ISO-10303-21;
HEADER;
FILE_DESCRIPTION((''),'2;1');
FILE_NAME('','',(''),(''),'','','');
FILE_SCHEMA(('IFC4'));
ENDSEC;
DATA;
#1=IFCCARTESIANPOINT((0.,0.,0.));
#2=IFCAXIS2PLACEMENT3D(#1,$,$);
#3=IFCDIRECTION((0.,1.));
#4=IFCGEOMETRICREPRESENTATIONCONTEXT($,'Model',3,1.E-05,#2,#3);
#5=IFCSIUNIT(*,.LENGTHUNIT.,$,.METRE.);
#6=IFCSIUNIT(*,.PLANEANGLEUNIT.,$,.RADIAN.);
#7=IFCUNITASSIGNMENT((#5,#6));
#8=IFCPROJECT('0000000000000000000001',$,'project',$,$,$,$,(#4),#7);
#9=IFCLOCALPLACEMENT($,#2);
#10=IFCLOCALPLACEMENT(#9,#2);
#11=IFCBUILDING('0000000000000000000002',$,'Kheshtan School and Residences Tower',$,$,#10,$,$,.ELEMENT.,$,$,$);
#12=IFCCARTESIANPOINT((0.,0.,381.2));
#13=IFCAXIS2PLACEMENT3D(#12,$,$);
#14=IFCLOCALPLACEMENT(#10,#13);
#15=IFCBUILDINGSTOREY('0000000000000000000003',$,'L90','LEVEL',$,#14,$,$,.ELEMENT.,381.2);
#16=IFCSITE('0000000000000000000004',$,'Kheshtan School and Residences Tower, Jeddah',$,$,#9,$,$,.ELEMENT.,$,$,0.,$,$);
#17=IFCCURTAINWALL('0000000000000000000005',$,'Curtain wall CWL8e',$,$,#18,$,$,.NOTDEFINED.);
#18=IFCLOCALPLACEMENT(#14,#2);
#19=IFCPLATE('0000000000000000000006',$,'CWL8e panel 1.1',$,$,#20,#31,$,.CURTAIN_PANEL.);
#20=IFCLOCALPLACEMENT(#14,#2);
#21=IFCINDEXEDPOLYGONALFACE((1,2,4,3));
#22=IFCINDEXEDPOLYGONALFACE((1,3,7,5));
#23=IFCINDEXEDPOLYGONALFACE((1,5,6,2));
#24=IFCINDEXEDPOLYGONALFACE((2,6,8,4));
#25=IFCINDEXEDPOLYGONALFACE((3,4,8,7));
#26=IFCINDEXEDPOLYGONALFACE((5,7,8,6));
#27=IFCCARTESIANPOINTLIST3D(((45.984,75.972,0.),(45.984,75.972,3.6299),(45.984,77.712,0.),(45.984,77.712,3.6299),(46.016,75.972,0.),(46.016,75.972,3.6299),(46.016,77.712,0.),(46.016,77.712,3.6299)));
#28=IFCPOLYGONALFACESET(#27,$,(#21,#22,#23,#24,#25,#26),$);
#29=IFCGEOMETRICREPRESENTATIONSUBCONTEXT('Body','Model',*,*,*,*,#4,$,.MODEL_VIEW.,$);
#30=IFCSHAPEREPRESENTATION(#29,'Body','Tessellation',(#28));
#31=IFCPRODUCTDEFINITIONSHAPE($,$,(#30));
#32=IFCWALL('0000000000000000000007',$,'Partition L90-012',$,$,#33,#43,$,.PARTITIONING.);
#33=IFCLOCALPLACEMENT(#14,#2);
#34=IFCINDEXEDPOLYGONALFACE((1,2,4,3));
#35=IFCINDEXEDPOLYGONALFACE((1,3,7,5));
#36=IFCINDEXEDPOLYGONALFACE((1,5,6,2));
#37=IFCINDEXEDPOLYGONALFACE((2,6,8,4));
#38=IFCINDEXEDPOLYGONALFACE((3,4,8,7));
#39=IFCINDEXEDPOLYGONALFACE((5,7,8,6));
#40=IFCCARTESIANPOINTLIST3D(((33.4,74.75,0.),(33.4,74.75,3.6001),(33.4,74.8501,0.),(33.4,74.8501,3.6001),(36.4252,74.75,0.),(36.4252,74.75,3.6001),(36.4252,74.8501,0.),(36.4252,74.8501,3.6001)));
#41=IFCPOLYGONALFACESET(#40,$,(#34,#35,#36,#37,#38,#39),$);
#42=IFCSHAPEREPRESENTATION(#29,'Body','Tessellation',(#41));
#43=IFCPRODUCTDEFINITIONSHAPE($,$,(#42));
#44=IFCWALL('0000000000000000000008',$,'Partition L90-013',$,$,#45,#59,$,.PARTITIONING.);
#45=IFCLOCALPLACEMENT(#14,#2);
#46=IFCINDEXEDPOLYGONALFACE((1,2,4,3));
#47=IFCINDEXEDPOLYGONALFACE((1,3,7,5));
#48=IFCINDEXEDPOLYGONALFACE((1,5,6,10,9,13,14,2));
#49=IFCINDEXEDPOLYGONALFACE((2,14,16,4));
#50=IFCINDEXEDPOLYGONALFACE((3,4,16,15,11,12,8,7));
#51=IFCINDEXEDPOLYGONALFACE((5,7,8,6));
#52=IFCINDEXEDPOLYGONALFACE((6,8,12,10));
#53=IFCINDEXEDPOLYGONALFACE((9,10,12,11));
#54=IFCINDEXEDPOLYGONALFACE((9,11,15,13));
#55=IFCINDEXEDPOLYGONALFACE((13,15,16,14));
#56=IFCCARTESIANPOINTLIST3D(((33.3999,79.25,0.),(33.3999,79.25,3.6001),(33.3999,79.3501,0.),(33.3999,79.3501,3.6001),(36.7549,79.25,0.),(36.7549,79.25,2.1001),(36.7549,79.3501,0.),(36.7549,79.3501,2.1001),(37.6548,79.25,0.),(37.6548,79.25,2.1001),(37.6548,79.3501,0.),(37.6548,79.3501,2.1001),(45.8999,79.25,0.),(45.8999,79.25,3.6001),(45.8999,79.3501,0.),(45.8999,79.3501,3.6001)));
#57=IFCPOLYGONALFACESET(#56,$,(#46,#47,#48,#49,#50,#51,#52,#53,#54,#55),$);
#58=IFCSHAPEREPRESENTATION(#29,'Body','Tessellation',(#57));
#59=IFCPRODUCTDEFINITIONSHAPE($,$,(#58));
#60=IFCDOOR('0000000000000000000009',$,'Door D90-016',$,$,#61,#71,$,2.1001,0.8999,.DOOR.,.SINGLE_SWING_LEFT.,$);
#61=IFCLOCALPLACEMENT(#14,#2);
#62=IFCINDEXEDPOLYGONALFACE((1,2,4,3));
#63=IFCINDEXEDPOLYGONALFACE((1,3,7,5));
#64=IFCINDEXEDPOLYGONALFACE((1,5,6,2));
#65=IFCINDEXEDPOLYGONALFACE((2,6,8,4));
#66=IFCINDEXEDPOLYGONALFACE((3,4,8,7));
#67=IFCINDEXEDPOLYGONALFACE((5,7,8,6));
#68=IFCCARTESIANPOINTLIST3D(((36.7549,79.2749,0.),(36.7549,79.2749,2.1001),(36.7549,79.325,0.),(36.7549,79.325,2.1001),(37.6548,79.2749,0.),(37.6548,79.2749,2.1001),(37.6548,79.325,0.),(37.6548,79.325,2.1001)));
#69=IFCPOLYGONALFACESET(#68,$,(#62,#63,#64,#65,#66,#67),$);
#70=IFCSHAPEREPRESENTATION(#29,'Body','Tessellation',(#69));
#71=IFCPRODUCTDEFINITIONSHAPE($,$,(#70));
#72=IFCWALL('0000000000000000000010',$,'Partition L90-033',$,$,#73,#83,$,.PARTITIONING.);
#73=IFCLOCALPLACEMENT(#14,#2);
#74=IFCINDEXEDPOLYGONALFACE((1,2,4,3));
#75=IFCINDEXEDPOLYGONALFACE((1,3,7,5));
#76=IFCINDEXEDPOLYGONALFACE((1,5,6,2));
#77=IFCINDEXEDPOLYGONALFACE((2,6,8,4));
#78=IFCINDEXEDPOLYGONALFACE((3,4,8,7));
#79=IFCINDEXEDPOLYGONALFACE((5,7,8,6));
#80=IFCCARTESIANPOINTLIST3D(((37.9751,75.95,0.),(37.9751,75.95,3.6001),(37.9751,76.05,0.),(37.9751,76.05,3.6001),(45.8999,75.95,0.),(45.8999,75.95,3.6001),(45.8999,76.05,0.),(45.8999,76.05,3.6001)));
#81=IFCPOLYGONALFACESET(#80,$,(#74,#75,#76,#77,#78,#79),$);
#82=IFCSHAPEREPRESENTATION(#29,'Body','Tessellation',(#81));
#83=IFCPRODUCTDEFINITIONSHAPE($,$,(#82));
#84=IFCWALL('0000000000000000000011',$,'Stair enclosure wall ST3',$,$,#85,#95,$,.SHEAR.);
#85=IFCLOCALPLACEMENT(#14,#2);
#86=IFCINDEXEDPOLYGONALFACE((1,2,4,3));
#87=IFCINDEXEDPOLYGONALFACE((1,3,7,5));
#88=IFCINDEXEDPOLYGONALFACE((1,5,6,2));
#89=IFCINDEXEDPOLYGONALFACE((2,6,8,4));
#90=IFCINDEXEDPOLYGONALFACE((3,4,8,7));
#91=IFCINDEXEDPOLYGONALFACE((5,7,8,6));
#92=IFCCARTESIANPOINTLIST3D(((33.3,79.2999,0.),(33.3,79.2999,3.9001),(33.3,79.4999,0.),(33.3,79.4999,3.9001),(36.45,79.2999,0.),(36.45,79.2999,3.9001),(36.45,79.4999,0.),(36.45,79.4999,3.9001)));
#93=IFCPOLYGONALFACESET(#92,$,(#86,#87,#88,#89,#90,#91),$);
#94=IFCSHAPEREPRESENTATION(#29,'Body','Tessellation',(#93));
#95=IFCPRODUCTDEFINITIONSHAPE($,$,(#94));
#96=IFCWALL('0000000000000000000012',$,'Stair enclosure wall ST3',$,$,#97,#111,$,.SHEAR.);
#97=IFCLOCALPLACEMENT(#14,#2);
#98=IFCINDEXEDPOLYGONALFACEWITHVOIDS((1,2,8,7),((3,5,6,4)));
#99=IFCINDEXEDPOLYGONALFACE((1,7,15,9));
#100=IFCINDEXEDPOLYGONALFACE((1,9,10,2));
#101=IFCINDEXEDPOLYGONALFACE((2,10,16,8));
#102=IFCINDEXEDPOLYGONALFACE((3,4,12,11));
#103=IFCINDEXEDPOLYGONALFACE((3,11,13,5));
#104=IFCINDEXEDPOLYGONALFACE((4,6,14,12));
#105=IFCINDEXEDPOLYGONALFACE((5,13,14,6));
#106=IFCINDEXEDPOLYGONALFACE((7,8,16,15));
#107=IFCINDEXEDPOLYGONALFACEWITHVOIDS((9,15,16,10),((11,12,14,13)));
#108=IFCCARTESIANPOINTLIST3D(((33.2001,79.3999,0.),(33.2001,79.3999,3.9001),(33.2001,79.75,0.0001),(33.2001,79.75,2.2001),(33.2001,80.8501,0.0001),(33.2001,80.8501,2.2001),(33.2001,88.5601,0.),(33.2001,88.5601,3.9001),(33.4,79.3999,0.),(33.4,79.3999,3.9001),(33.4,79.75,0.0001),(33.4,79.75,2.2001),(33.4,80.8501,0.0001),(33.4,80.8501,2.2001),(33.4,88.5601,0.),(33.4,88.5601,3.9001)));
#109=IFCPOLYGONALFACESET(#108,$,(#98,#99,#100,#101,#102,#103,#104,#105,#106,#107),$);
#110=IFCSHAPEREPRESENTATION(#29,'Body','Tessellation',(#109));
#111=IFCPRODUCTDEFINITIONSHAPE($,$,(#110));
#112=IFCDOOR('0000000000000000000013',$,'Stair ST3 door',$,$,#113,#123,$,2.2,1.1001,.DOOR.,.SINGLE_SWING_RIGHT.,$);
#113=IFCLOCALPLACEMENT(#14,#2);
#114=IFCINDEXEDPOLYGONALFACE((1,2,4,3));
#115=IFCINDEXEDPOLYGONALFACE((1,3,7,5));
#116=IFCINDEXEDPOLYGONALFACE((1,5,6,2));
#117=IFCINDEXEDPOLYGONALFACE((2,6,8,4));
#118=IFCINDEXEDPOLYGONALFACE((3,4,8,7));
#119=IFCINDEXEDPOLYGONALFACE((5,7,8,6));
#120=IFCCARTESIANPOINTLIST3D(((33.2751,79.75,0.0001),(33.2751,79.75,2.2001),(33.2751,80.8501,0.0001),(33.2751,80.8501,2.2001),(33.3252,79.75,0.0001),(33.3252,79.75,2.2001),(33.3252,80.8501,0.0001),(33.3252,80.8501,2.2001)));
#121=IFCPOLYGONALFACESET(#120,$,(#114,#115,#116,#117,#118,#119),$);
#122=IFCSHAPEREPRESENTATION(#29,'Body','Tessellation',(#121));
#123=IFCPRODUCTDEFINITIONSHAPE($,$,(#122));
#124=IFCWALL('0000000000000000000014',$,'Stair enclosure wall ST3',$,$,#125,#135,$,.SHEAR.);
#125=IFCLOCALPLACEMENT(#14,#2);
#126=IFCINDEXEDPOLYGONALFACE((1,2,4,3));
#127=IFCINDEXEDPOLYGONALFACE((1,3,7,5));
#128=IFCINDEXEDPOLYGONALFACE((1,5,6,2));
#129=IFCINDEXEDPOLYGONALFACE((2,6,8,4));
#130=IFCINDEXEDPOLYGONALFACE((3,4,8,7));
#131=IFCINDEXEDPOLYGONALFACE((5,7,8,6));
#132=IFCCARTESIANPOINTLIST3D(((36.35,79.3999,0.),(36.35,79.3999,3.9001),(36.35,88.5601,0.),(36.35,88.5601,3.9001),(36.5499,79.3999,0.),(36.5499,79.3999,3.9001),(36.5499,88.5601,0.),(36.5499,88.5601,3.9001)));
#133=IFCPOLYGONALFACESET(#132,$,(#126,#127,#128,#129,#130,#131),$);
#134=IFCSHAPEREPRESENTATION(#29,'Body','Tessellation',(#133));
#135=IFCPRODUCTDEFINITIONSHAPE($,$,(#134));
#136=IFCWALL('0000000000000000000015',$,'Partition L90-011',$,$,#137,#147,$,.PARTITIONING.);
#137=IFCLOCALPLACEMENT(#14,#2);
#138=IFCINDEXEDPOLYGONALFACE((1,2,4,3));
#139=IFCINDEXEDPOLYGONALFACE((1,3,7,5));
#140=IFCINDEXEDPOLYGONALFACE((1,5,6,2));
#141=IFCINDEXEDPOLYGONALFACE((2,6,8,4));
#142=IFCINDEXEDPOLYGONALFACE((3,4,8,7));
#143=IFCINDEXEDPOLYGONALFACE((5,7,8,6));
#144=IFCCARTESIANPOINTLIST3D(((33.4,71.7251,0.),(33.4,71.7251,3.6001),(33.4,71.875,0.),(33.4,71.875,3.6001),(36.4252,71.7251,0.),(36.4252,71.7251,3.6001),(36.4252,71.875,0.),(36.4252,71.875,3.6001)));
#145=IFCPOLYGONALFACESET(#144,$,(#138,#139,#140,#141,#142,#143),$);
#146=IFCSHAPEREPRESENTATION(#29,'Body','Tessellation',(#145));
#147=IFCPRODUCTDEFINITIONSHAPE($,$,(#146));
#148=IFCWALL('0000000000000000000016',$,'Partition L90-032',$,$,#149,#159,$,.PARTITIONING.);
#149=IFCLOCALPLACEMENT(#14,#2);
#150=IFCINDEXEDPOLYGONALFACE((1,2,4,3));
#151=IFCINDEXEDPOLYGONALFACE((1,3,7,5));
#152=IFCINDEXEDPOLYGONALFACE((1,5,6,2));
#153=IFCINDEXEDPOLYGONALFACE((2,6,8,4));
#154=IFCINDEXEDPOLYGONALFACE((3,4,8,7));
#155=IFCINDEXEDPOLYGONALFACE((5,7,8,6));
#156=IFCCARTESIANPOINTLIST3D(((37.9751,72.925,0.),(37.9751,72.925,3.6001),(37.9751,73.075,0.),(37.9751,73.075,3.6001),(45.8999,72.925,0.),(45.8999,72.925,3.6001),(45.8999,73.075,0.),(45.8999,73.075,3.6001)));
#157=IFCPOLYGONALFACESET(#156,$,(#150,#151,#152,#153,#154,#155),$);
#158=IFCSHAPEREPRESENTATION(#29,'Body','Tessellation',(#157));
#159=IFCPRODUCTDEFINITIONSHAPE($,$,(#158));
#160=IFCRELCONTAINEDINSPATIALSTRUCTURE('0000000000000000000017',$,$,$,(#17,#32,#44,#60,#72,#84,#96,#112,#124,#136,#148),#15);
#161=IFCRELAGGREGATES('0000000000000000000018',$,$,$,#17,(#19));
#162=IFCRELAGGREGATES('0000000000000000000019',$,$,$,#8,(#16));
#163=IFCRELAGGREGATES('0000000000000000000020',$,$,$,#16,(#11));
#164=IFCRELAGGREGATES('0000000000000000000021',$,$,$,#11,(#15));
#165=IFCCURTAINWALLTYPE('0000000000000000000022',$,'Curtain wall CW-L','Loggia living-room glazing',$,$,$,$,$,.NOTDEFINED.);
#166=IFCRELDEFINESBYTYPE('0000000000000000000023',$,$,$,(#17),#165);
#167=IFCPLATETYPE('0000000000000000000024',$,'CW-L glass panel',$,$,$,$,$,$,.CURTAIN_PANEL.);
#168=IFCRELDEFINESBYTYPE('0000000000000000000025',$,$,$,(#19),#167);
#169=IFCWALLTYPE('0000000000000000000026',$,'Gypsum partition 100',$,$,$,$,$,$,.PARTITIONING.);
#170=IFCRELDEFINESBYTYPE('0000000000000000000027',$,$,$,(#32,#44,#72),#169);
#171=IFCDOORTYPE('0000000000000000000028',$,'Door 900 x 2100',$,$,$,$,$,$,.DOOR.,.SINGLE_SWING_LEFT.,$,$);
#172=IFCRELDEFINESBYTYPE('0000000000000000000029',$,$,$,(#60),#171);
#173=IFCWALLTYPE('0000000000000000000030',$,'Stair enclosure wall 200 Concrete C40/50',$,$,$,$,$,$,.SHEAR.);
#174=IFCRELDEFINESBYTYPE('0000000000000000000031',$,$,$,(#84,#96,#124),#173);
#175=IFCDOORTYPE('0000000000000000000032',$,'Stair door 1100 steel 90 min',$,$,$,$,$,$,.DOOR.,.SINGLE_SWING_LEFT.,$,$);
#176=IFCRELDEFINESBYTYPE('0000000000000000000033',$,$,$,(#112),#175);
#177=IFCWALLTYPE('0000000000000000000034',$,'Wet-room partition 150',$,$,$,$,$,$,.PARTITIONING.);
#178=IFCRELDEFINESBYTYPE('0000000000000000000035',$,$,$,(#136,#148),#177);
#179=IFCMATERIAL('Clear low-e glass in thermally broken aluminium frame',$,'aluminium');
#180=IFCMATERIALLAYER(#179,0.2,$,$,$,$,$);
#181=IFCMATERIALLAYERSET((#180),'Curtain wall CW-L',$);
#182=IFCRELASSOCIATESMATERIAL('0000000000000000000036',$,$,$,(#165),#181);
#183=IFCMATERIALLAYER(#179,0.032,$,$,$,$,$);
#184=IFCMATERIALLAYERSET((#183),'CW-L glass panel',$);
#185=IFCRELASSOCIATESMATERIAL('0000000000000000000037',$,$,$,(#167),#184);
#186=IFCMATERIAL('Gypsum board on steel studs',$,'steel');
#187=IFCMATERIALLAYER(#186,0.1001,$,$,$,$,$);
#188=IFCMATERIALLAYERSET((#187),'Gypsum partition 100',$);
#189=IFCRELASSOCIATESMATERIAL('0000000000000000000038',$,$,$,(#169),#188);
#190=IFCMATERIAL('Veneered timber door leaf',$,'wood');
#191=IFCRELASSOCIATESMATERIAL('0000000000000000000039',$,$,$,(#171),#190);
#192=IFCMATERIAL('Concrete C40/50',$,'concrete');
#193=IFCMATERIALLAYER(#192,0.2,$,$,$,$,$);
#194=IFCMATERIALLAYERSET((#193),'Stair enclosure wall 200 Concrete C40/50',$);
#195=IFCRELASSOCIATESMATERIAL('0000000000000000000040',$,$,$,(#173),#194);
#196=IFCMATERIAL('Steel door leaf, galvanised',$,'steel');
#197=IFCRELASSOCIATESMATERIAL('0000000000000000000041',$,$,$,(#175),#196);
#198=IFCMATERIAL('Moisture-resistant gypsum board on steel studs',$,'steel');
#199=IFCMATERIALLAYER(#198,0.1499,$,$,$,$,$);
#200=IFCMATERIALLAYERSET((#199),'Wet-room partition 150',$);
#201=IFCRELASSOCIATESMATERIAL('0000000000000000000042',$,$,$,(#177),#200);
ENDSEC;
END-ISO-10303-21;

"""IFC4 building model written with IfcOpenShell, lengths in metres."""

from ifc_helpers import new_model, si_unit, direction, frame, frame_2d, origin, origin_2d, place, context, subcontext, project, spatial, rectangle, extrude, source, transform, mapped, material, layer, layer_set, type_object, element, fill, aggregate, save


model = new_model("IFC4")

# Units and contexts
model_context = context("Model", 3, precision=1e-05, world=origin(), true_north=direction((0.0, 1.0)))
body_context = subcontext(model_context, "Body", "Model", "MODEL_VIEW")
ifc_project = project(units=[si_unit("LENGTHUNIT", "METRE"), si_unit("PLANEANGLEUNIT", "RADIAN")], contexts=[model_context])

# Site, building, storey
site_placement = place(None, origin())
site = spatial("IfcSite", under=ifc_project, at=site_placement, Name="Kheshtan School and Residences Tower, Jeddah", CompositionType="ELEMENT", RefElevation=0.0)
building_placement = place(site_placement, origin())
building = spatial("IfcBuilding", under=site, at=building_placement, Name="Kheshtan School and Residences Tower", CompositionType="ELEMENT")
storey_placement = place(building_placement, frame((0.0, 0.0, 381.2)))
storey = spatial("IfcBuildingStorey", under=building, at=storey_placement, Name="L90", Description="LEVEL", CompositionType="ELEMENT", Elevation=381.2)

# Shared definitions
ifc_material_1 = material(Name="Clear low-e glass in thermally broken aluminium frame", Category="aluminium")
ifc_layer_1 = layer(ifc_material_1, 0.2)
ifc_layer_set_1 = layer_set([ifc_layer_1], Name="Curtain wall CW-L")
curtain_wall_type = type_object("IfcCurtainWallType", Name="Curtain wall CW-L", Description="Loggia living-room glazing", PredefinedType="NOTDEFINED", material=ifc_layer_set_1)

# Curtain wall
curtain_wall_1_placement = place(storey_placement, origin())
curtain_wall_1 = element("IfcCurtainWall", 1, at=curtain_wall_1_placement, inside=storey, type_object=curtain_wall_type, Name="Curtain wall CWL8e", PredefinedType="NOTDEFINED")

# Plate
ifc_layer_2 = layer(ifc_material_1, 0.032)
ifc_layer_set_2 = layer_set([ifc_layer_2], Name="CW-L glass panel")
plate_type = type_object("IfcPlateType", Name="CW-L glass panel", PredefinedType="CURTAIN_PANEL", material=ifc_layer_set_2)
plate_1_placement = place(storey_placement, frame((46.0, 76.842, 0.0), z_axis=(0.0, 0.0, 1.0), x_axis=(0.0, -1.0, 0.0)))
plate_1 = element("IfcPlate", 2, at=plate_1_placement, type_object=plate_type, Name="CWL8e panel 1.1", PredefinedType="CURTAIN_PANEL", context=body_context, shape_type="SweptSolid", body=[
    extrude(rectangle(XDim=1.74, YDim=0.032, at=origin_2d()), origin(), (0.0, 0.0, 1.0), 3.6299),
])
aggregate(curtain_wall_1, [plate_1])

# Wall
ifc_material_2 = material(Name="Gypsum board on steel studs", Category="steel")
ifc_layer_3 = layer(ifc_material_2, 0.1001)
ifc_layer_set_3 = layer_set([ifc_layer_3], Name="Gypsum partition 100")
wall_type_1 = type_object("IfcWallType", Name="Gypsum partition 100", PredefinedType="PARTITIONING", material=ifc_layer_set_3)
wall_1_placement = place(storey_placement, frame((33.3999, 74.8, 0.0), z_axis=(0.0, 0.0, 1.0), x_axis=(1.0, 0.0, 0.0)))
element("IfcWall", 3, at=wall_1_placement, inside=storey, type_object=wall_type_1, Name="Partition L90-012", PredefinedType="PARTITIONING", context=body_context, shape_type="SweptSolid", body=[
    extrude(rectangle(XDim=3.0251, YDim=0.1001, at=frame_2d((1.5127, 0.0))), origin(), (0.0, 0.0, 1.0), 3.6001),
])

# Wall, opening, door
wall_2_placement = place(storey_placement, frame((33.3999, 79.3, 0.0), z_axis=(0.0, 0.0, 1.0), x_axis=(1.0, 0.0, 0.0)))
wall_2 = element("IfcWall", 4, at=wall_2_placement, inside=storey, type_object=wall_type_1, Name="Partition L90-013", PredefinedType="PARTITIONING", context=body_context, shape_type="SweptSolid", body=[
    extrude(rectangle(XDim=12.5, YDim=0.1001, at=frame_2d((6.25, 0.0))), origin(), (0.0, 0.0, 1.0), 3.6001),
])
opening_1_placement = place(wall_2_placement, frame((3.355, 0.0, 0.0)))
opening_1 = element("IfcOpeningElement", 5, at=opening_1_placement, cuts=wall_2, PredefinedType="OPENING", context=body_context, shape_type="SweptSolid", body=[
    extrude(rectangle(XDim=0.8999, YDim=2.1001, at=frame_2d((0.45, 1.05))), frame((0.0, 0.0601, 0.0), z_axis=(0.0, -1.0, 0.0), x_axis=(1.0, 0.0, 0.0)), (0.0, 0.0, 1.0), 0.1201),
])
ifc_material_3 = material(Name="Veneered timber door leaf", Category="wood")
door_type_1 = type_object("IfcDoorType", Name="Door 900 x 2100", OperationType="SINGLE_SWING_LEFT", PredefinedType="DOOR", material=ifc_material_3)
shared_shape_1 = source(origin(), body_context, "Body", "SweptSolid", [
    extrude(rectangle(XDim=0.8999, YDim=2.1001, at=frame_2d((0.45, 1.05))), frame((0.0, 0.0249, 0.0), z_axis=(0.0, -1.0, 0.0), x_axis=(1.0, 0.0, 0.0)), (0.0, 0.0, 1.0), 0.05),
])
door_1_placement = place(opening_1_placement, origin())
door_1 = element("IfcDoor", 6, at=door_1_placement, inside=storey, type_object=door_type_1, Name="Door D90-016", OperationType="SINGLE_SWING_LEFT", OverallHeight=2.1001, OverallWidth=0.8999, PredefinedType="DOOR", context=body_context, shape_type="MappedRepresentation", body=[
    mapped(shared_shape_1, transform((0.0, 0.0, 0.0), x_axis=(1.0, 0.0, 0.0), y_axis=(0.0, 1.0, 0.0), z_axis=(0.0, 0.0, 1.0), scale=1.0)),
])
fill(opening_1, door_1)

# Walls
wall_3_placement = place(storey_placement, frame((37.9751, 76.0, 0.0), z_axis=(0.0, 0.0, 1.0), x_axis=(1.0, 0.0, 0.0)))
element("IfcWall", 7, at=wall_3_placement, inside=storey, type_object=wall_type_1, Name="Partition L90-033", PredefinedType="PARTITIONING", context=body_context, shape_type="SweptSolid", body=[
    extrude(rectangle(XDim=7.9248, YDim=0.1001, at=frame_2d((3.9624, 0.0))), origin(), (0.0, 0.0, 1.0), 3.6001),
])
ifc_material_4 = material(Name="Concrete C40/50", Category="concrete")
ifc_layer_4 = layer(ifc_material_4, 0.2)
ifc_layer_set_4 = layer_set([ifc_layer_4], Name="Stair enclosure wall 200 Concrete C40/50")
wall_type_2 = type_object("IfcWallType", Name="Stair enclosure wall 200 Concrete C40/50", PredefinedType="SHEAR", material=ifc_layer_set_4)
wall_4_placement = place(storey_placement, frame((33.3, 79.3999, 0.0), z_axis=(0.0, 0.0, 1.0), x_axis=(1.0, 0.0, 0.0)))
element("IfcWall", 8, at=wall_4_placement, inside=storey, type_object=wall_type_2, Name="Stair enclosure wall ST3", PredefinedType="SHEAR", context=body_context, shape_type="SweptSolid", body=[
    extrude(rectangle(XDim=3.1499, YDim=0.2, at=frame_2d((1.575, 0.0))), origin(), (0.0, 0.0, 1.0), 3.9001),
])

# Wall, opening, door
wall_5_placement = place(storey_placement, frame((33.3, 79.3999, 0.0), z_axis=(0.0, 0.0, 1.0), x_axis=(0.0, 1.0, 0.0)))
wall_5 = element("IfcWall", 9, at=wall_5_placement, inside=storey, type_object=wall_type_2, Name="Stair enclosure wall ST3", PredefinedType="SHEAR", context=body_context, shape_type="SweptSolid", body=[
    extrude(rectangle(XDim=9.1602, YDim=0.2, at=frame_2d((4.5801, 0.0))), origin(), (0.0, 0.0, 1.0), 3.9001),
])
opening_2_placement = place(wall_5_placement, frame((0.3501, 0.0, 0.0)))
opening_2 = element("IfcOpeningElement", 10, at=opening_2_placement, cuts=wall_5, PredefinedType="OPENING", context=body_context, shape_type="SweptSolid", body=[
    extrude(rectangle(XDim=1.1001, YDim=2.2, at=frame_2d((0.55, 1.1001))), frame((0.0, 0.1099, 0.0), z_axis=(0.0, -1.0, 0.0), x_axis=(1.0, 0.0, 0.0)), (0.0, 0.0, 1.0), 0.22),
])
ifc_material_5 = material(Name="Steel door leaf, galvanised", Category="steel")
door_type_2 = type_object("IfcDoorType", Name="Stair door 1100 steel 90 min", OperationType="SINGLE_SWING_LEFT", PredefinedType="DOOR", material=ifc_material_5)
shared_shape_2 = source(origin(), body_context, "Body", "SweptSolid", [
    extrude(rectangle(XDim=1.1001, YDim=2.2, at=frame_2d((0.55, 1.1001))), frame((0.0, 0.0249, 0.0), z_axis=(0.0, -1.0, 0.0), x_axis=(1.0, 0.0, 0.0)), (0.0, 0.0, 1.0), 0.05),
])
door_2_placement = place(opening_2_placement, origin())
door_2 = element("IfcDoor", 11, at=door_2_placement, inside=storey, type_object=door_type_2, Name="Stair ST3 door", OperationType="SINGLE_SWING_RIGHT", OverallHeight=2.2, OverallWidth=1.1001, PredefinedType="DOOR", context=body_context, shape_type="MappedRepresentation", body=[
    mapped(shared_shape_2, transform((0.0, 0.0, 0.0), x_axis=(1.0, 0.0, 0.0), y_axis=(0.0, 1.0, 0.0), z_axis=(0.0, 0.0, 1.0), scale=1.0)),
])
fill(opening_2, door_2)

# Walls
wall_6_placement = place(storey_placement, frame((36.45, 79.3999, 0.0), z_axis=(0.0, 0.0, 1.0), x_axis=(0.0, 1.0, 0.0)))
element("IfcWall", 12, at=wall_6_placement, inside=storey, type_object=wall_type_2, Name="Stair enclosure wall ST3", PredefinedType="SHEAR", context=body_context, shape_type="SweptSolid", body=[
    extrude(rectangle(XDim=9.1602, YDim=0.2, at=frame_2d((4.5801, 0.0))), origin(), (0.0, 0.0, 1.0), 3.9001),
])
ifc_material_6 = material(Name="Moisture-resistant gypsum board on steel studs", Category="steel")
ifc_layer_5 = layer(ifc_material_6, 0.1499)
ifc_layer_set_5 = layer_set([ifc_layer_5], Name="Wet-room partition 150")
wall_type_3 = type_object("IfcWallType", Name="Wet-room partition 150", PredefinedType="PARTITIONING", material=ifc_layer_set_5)
wall_7_placement = place(storey_placement, frame((33.3999, 71.8, 0.0), z_axis=(0.0, 0.0, 1.0), x_axis=(1.0, 0.0, 0.0)))
element("IfcWall", 13, at=wall_7_placement, inside=storey, type_object=wall_type_3, Name="Partition L90-011", PredefinedType="PARTITIONING", context=body_context, shape_type="SweptSolid", body=[
    extrude(rectangle(XDim=3.0251, YDim=0.1499, at=frame_2d((1.5127, 0.0))), origin(), (0.0, 0.0, 1.0), 3.6001),
])
wall_8_placement = place(storey_placement, frame((37.9751, 73.0, 0.0), z_axis=(0.0, 0.0, 1.0), x_axis=(1.0, 0.0, 0.0)))
element("IfcWall", 14, at=wall_8_placement, inside=storey, type_object=wall_type_3, Name="Partition L90-032", PredefinedType="PARTITIONING", context=body_context, shape_type="SweptSolid", body=[
    extrude(rectangle(XDim=7.9248, YDim=0.1499, at=frame_2d((3.9624, 0.0))), origin(), (0.0, 0.0, 1.0), 3.6001),
])

save(model, "model.ifc")
